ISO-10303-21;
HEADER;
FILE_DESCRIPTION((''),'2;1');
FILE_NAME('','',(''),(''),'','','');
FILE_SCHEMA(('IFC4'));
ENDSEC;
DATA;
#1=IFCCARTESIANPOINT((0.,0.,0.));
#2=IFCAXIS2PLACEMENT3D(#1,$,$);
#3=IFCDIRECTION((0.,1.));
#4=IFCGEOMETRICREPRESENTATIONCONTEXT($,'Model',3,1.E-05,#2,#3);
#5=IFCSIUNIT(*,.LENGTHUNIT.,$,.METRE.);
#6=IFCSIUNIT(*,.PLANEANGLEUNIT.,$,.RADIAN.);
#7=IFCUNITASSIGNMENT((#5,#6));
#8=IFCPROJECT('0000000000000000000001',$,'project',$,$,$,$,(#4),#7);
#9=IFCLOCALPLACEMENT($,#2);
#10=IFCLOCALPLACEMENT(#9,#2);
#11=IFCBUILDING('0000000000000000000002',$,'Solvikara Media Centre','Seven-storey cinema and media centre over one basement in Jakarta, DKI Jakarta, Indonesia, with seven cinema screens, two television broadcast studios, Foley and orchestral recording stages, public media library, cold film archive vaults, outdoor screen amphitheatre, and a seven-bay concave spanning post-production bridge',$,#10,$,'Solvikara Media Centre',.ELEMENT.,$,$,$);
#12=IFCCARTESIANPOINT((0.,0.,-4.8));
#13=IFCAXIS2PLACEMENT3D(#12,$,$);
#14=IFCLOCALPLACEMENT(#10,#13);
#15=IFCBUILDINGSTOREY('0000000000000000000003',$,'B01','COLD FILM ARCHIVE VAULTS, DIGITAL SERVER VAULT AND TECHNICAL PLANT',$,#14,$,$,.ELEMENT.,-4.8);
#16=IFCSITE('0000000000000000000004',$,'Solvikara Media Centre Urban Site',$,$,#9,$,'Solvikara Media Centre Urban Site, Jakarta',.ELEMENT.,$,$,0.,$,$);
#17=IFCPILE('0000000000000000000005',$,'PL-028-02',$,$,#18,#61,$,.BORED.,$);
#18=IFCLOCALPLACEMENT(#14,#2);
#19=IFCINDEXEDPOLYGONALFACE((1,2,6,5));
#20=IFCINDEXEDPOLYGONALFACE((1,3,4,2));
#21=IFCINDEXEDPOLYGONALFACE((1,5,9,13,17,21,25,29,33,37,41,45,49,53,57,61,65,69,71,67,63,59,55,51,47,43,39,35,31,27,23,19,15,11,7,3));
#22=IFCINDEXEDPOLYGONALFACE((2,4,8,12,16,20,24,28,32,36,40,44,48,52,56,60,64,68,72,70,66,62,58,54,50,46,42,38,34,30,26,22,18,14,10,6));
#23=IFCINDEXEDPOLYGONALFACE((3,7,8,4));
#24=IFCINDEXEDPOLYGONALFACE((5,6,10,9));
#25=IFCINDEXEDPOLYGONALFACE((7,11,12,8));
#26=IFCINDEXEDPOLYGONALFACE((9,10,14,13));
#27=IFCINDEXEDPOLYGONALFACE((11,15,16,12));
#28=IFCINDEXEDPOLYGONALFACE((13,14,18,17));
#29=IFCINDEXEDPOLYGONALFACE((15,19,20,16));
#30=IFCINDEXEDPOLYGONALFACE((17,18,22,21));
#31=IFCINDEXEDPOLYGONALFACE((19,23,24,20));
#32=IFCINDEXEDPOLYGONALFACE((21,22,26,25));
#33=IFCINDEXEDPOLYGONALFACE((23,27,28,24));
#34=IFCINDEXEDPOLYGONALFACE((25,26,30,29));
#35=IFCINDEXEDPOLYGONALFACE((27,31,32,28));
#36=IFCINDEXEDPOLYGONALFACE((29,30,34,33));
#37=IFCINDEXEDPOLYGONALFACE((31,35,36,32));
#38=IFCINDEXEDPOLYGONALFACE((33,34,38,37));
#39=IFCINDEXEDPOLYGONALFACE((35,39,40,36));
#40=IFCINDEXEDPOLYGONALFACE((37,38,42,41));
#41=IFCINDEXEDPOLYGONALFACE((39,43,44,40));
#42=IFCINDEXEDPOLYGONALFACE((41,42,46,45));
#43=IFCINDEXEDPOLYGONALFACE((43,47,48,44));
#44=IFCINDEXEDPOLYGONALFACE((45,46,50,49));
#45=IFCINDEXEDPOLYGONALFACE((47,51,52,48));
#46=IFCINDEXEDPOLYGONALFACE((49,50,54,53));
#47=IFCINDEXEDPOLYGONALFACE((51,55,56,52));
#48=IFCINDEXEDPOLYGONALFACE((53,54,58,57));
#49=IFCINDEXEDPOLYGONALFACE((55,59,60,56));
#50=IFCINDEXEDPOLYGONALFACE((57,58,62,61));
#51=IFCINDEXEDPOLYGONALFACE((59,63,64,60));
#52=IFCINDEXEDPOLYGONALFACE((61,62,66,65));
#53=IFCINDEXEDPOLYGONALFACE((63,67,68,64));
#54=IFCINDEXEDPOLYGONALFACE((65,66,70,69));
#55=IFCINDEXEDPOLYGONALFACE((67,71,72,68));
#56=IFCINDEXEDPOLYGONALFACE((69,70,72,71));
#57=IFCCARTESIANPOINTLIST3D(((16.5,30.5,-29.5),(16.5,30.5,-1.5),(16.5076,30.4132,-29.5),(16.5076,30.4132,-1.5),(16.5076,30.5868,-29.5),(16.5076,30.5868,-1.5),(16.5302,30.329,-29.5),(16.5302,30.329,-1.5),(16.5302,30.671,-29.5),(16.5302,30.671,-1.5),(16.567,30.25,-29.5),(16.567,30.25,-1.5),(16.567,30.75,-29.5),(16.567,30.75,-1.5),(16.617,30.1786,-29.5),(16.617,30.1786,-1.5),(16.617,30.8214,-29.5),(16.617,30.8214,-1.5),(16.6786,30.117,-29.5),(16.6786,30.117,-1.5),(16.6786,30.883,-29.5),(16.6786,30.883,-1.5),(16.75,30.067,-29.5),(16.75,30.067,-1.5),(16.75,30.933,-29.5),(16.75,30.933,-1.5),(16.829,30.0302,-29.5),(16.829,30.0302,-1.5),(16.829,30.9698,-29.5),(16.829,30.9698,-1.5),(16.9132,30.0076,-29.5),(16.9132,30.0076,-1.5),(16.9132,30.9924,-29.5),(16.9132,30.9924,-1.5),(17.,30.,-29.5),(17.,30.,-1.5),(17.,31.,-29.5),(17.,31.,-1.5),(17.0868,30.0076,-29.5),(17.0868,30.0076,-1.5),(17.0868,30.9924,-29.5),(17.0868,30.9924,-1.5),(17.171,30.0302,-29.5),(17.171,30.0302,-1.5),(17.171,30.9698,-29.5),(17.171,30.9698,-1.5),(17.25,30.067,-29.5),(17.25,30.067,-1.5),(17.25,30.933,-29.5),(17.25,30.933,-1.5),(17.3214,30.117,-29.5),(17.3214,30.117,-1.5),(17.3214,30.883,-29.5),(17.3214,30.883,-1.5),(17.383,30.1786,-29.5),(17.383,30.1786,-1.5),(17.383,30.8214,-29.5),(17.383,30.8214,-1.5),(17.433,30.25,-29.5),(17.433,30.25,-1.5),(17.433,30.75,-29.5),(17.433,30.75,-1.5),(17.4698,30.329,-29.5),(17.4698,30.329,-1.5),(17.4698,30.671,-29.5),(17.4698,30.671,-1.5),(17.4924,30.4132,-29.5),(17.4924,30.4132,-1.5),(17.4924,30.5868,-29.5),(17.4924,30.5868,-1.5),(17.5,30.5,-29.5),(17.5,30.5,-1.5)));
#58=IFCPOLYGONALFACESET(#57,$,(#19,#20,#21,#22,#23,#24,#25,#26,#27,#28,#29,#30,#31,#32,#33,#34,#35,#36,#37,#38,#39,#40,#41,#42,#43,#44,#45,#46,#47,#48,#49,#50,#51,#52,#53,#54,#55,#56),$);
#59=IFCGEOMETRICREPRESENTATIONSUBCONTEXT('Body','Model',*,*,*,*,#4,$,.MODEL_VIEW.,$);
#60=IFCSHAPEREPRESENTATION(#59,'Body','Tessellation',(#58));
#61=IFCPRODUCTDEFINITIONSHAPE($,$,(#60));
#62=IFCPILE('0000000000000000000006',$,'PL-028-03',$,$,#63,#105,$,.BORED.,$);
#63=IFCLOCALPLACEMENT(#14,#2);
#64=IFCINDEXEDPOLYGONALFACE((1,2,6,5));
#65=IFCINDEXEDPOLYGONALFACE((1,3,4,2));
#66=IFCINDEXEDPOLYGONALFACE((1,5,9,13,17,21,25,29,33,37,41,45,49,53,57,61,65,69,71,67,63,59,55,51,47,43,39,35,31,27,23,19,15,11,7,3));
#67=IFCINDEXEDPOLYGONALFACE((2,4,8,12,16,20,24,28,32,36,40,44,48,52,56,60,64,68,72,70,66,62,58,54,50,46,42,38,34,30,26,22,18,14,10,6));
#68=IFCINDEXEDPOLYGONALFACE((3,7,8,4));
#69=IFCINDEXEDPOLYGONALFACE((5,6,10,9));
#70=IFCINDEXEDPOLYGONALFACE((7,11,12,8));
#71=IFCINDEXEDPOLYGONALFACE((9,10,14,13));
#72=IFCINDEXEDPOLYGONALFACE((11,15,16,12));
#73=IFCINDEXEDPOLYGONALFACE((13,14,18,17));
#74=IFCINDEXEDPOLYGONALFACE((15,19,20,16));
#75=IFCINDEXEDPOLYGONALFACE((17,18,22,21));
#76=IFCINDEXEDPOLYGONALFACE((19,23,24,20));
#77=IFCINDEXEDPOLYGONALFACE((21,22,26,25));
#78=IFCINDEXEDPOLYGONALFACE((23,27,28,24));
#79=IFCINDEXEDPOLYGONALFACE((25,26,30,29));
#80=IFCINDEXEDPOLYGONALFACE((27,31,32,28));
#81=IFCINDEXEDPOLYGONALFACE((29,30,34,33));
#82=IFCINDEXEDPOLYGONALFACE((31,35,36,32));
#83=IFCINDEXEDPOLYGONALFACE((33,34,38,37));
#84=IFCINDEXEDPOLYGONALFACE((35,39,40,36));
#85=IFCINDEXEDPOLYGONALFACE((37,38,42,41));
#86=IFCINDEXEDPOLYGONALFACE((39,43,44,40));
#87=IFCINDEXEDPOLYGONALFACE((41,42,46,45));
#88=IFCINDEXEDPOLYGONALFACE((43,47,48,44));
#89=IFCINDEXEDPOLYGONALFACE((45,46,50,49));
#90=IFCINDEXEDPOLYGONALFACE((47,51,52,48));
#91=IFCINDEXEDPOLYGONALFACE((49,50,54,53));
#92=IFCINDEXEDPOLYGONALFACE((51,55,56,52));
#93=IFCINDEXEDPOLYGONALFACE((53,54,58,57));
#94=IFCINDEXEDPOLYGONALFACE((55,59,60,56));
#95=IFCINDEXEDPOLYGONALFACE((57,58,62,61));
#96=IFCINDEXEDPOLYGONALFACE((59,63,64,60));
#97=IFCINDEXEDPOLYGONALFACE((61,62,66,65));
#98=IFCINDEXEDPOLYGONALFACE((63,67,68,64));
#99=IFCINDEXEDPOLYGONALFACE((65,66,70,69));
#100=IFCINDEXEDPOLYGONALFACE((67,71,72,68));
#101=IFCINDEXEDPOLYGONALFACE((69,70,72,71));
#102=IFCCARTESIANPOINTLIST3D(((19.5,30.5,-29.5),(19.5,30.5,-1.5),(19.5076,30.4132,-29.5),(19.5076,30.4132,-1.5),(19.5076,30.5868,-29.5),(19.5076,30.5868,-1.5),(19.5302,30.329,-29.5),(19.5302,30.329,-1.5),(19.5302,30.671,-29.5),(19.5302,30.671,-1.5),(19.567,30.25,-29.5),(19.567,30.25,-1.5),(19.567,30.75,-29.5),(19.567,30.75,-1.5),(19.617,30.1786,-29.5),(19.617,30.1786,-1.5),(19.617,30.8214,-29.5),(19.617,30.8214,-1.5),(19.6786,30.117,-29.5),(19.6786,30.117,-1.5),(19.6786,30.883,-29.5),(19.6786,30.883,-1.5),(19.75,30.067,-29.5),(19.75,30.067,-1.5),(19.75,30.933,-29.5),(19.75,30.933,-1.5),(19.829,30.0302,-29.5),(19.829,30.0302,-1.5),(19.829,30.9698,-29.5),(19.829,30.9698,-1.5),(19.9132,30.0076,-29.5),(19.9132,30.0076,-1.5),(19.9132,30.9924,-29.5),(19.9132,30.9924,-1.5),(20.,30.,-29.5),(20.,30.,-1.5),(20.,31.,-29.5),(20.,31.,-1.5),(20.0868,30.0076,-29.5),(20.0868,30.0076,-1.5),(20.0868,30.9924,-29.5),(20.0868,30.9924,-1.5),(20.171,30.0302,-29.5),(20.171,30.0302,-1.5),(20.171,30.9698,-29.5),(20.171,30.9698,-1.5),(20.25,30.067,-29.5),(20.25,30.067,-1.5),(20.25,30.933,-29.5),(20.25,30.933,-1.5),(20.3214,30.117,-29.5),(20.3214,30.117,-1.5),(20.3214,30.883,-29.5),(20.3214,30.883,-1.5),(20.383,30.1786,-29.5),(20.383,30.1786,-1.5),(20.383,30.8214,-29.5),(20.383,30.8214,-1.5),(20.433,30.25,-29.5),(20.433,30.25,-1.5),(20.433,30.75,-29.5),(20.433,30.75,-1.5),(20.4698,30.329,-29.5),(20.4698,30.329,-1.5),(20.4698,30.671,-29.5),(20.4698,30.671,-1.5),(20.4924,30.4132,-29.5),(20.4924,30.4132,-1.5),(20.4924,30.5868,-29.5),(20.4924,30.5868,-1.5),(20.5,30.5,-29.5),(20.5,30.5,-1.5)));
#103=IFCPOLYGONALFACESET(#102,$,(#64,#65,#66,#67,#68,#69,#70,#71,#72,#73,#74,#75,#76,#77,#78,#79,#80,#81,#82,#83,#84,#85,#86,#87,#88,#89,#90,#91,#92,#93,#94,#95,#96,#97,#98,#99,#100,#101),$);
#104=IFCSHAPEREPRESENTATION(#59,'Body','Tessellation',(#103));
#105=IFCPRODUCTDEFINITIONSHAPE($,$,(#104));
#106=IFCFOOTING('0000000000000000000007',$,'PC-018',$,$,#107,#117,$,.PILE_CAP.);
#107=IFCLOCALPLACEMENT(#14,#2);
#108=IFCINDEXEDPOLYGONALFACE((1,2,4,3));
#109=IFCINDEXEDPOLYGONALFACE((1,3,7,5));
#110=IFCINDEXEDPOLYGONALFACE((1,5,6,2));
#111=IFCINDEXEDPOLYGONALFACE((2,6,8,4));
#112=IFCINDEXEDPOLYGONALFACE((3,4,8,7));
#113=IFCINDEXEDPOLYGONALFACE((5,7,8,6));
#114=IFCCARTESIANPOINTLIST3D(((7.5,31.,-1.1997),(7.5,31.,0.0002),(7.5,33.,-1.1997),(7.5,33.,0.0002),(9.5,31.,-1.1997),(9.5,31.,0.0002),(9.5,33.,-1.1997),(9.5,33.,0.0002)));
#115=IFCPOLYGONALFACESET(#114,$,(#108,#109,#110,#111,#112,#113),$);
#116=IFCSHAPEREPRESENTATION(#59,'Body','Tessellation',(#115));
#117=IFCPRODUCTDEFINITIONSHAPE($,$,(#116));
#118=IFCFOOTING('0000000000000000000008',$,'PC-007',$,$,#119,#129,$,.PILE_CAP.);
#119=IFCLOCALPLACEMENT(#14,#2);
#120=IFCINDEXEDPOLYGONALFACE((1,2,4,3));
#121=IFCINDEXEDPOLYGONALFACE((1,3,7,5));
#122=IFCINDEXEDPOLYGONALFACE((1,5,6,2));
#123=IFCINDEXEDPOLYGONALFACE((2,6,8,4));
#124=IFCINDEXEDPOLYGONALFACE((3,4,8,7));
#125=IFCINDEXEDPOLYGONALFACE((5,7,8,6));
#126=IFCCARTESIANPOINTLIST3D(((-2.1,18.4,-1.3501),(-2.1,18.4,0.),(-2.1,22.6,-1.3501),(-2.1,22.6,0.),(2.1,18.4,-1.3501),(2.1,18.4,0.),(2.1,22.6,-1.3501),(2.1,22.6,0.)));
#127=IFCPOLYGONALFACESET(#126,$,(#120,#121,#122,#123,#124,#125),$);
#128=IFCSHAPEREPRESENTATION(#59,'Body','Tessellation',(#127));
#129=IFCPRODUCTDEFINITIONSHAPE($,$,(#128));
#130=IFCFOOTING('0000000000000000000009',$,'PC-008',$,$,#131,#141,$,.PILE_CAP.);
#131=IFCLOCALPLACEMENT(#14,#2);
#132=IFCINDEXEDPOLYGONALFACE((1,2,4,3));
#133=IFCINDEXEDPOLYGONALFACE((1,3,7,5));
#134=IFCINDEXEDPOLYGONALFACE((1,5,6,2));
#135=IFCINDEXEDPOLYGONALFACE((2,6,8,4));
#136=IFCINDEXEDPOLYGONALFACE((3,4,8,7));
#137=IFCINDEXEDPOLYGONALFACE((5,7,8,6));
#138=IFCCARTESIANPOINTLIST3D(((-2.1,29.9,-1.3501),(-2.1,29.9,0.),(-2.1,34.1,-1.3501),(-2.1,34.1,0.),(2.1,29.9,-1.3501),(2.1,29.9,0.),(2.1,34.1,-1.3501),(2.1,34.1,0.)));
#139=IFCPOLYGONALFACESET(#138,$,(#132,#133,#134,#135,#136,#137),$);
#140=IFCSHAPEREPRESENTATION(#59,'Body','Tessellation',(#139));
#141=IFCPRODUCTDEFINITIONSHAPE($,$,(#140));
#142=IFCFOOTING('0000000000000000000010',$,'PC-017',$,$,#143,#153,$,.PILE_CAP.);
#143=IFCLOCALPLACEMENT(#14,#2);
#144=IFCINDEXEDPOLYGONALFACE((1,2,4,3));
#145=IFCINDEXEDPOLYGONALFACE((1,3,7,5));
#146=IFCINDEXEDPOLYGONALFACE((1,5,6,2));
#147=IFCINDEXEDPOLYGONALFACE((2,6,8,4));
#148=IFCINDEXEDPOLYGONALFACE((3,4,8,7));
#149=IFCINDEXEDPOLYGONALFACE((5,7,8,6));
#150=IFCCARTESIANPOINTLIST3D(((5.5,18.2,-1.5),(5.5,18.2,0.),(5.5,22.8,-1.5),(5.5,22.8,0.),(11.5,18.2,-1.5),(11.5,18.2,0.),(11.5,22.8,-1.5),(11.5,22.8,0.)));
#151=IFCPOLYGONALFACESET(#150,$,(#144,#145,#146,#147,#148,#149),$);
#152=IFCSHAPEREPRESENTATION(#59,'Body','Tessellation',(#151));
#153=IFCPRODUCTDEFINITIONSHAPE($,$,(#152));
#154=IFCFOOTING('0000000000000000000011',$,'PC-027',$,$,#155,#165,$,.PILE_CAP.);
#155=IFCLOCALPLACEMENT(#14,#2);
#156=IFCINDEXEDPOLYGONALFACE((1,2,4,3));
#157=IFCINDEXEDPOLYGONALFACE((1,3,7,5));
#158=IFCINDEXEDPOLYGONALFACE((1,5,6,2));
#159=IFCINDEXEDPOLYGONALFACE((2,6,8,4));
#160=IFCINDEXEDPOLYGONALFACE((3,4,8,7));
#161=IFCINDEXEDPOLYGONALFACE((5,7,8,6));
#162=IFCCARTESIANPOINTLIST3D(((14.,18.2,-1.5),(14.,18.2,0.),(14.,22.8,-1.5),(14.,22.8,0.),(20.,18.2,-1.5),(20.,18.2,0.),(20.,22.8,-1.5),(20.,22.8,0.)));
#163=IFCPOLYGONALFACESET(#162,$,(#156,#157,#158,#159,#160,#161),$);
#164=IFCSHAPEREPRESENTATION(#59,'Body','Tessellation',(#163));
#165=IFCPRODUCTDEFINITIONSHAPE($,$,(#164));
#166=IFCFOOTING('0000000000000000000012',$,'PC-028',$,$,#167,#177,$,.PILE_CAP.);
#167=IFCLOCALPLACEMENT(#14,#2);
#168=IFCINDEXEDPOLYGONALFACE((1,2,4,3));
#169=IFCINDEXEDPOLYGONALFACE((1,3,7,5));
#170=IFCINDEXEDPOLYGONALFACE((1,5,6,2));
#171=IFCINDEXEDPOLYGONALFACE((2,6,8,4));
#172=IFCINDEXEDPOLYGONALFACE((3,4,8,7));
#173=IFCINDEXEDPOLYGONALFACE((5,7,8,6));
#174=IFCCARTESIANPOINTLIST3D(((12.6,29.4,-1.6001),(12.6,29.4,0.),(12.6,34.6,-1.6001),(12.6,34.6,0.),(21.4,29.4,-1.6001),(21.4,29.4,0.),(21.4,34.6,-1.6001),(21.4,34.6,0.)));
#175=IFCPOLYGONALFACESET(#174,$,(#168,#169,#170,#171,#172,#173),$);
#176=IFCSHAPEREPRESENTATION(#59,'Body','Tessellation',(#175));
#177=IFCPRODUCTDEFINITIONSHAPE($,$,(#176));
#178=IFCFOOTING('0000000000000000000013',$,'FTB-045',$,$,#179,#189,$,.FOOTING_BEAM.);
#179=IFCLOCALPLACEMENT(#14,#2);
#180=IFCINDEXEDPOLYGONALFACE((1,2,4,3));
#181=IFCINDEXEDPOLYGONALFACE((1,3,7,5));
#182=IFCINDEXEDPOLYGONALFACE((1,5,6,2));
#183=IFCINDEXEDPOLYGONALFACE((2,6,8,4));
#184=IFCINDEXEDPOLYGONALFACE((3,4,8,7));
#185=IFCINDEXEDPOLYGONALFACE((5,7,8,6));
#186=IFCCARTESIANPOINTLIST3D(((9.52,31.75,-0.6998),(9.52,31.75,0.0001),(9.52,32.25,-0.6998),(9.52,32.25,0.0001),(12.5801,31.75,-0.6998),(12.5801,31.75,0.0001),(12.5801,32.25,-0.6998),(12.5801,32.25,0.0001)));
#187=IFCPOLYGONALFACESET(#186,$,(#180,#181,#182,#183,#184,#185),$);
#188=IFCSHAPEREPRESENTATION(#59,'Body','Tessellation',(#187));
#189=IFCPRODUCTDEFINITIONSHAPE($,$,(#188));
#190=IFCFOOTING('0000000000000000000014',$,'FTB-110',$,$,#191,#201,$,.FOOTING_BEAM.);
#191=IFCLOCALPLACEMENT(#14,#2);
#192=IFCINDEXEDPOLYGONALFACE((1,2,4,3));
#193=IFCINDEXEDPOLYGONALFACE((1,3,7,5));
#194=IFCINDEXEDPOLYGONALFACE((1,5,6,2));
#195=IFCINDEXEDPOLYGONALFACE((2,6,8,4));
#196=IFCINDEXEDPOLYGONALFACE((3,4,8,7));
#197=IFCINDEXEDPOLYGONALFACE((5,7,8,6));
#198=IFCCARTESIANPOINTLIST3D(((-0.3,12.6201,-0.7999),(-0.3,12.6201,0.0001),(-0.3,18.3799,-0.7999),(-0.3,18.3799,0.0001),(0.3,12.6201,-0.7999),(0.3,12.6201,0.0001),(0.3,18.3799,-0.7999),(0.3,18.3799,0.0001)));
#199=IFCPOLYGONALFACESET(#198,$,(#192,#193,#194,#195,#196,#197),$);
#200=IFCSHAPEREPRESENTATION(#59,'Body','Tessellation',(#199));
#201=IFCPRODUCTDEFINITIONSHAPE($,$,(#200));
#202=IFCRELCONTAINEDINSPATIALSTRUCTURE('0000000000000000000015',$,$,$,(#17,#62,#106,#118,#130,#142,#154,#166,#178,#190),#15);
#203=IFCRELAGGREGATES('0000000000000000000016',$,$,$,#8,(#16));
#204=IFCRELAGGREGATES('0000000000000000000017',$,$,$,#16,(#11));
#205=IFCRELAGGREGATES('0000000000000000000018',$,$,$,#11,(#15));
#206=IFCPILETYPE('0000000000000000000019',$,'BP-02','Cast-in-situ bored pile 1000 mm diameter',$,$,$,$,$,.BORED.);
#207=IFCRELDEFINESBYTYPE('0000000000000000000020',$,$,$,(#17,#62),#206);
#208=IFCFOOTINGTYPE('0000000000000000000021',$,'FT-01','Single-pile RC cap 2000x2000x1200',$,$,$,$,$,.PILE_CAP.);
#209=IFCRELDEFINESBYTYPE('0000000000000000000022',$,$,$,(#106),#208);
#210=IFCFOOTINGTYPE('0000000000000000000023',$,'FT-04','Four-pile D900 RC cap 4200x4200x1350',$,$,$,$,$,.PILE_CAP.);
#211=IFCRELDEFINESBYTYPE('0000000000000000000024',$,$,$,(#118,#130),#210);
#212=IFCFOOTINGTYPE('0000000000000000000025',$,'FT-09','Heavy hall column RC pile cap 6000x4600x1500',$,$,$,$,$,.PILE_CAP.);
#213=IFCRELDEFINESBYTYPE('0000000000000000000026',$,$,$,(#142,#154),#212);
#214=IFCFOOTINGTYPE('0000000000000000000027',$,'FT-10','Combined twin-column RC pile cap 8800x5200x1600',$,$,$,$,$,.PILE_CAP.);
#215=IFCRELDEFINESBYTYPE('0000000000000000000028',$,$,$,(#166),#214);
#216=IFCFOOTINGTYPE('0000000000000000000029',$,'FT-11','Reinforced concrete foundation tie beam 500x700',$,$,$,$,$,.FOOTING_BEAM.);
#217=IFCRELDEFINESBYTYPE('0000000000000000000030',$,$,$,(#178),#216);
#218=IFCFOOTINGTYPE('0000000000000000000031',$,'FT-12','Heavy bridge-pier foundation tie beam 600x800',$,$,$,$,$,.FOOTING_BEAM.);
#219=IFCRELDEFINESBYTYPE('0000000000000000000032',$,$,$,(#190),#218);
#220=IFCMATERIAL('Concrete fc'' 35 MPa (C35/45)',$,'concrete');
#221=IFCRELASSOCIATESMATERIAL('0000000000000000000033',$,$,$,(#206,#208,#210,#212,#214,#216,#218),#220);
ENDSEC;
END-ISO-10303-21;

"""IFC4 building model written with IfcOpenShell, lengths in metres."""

from ifc_helpers import new_model, si_unit, direction, frame, origin, origin_2d, place, context, subcontext, project, spatial, rectangle, circle, extrude, material, material_profile, profile_set, type_object, element, save


model = new_model("IFC4")

# Units and contexts
model_context = context("Model", 3, precision=1e-05, world=origin(), true_north=direction((0.0, 1.0)))
body_context = subcontext(model_context, "Body", "Model", "MODEL_VIEW")
ifc_project = project(units=[si_unit("LENGTHUNIT", "METRE"), si_unit("PLANEANGLEUNIT", "RADIAN")], contexts=[model_context])

# Site, building, storey
site_placement = place(None, origin())
site = spatial("IfcSite", under=ifc_project, at=site_placement, Name="Solvikara Media Centre Urban Site", LongName="Solvikara Media Centre Urban Site, Jakarta", CompositionType="ELEMENT", RefElevation=0.0)
building_placement = place(site_placement, origin())
building = spatial("IfcBuilding", under=site, at=building_placement, Name="Solvikara Media Centre", Description="Seven-storey cinema and media centre over one basement in Jakarta, DKI Jakarta, Indonesia, with seven cinema screens, two television broadcast studios, Foley and orchestral recording stages, public media library, cold film archive vaults, outdoor screen amphitheatre, and a seven-bay concave spanning post-production bridge", LongName="Solvikara Media Centre", CompositionType="ELEMENT")
storey_placement = place(building_placement, frame((0.0, 0.0, -4.8)))
storey = spatial("IfcBuildingStorey", under=building, at=storey_placement, Name="B01", Description="COLD FILM ARCHIVE VAULTS, DIGITAL SERVER VAULT AND TECHNICAL PLANT", CompositionType="ELEMENT", Elevation=-4.8)

# Piles
ifc_material_1 = material(Name="Concrete fc' 35 MPa (C35/45)", Category="concrete")
ifc_material_profile_1 = material_profile(ifc_material_1, circle(Radius=0.5, at=origin_2d()), Name="BORED PILE D1000")
ifc_profile_set_1 = profile_set([ifc_material_profile_1], Name="Concrete fc' 35 MPa (C35/45)")
pile_type_1 = type_object("IfcPileType", Name="BP-02", Description="Cast-in-situ bored pile 1000 mm diameter", PredefinedType="BORED", material=ifc_profile_set_1)
for number, where, z_axis, x_axis, name in (
    (1, (17.0, 30.5, -1.5), (0.0, 0.0, -1.0), (1.0, 0.0, 0.0), "PL-028-02"),
    (2, (20.0, 30.5, -1.5), (0.0, 0.0, -1.0), (1.0, 0.0, 0.0), "PL-028-03"),
):
    element("IfcPile", number, at=place(storey_placement, frame(where, z_axis=z_axis, x_axis=x_axis)), inside=storey, type_object=pile_type_1, Name=name, PredefinedType="BORED", context=body_context, shape_type="SweptSolid", body=[
        extrude(circle(Radius=0.5, at=origin_2d()), origin(), (0.0, 0.0, 1.0), 28.0),
    ])

# Footings
footing_type_1 = type_object("IfcFootingType", Name="FT-01", Description="Single-pile RC cap 2000x2000x1200", PredefinedType="PILE_CAP", material=ifc_material_1)
footing_1_placement = place(storey_placement, frame((8.5, 32.0, -1.1997), z_axis=(0.0, 0.0, 1.0), x_axis=(1.0, 0.0, 0.0)))
element("IfcFooting", 3, at=footing_1_placement, inside=storey, type_object=footing_type_1, Name="PC-018", PredefinedType="PILE_CAP", context=body_context, shape_type="SweptSolid", body=[
    extrude(rectangle(XDim=2.0, YDim=2.0, at=origin_2d()), origin(), (0.0, 0.0, 1.0), 1.2),
])
footing_type_2 = type_object("IfcFootingType", Name="FT-04", Description="Four-pile D900 RC cap 4200x4200x1350", PredefinedType="PILE_CAP", material=ifc_material_1)
for number, where, z_axis, x_axis, name in (
    (4, (0.0, 20.5, -1.3501), (0.0, 0.0, 1.0), (1.0, 0.0, 0.0), "PC-007"),
    (5, (0.0, 32.0, -1.3501), (0.0, 0.0, 1.0), (1.0, 0.0, 0.0), "PC-008"),
):
    element("IfcFooting", number, at=place(storey_placement, frame(where, z_axis=z_axis, x_axis=x_axis)), inside=storey, type_object=footing_type_2, Name=name, PredefinedType="PILE_CAP", context=body_context, shape_type="SweptSolid", body=[
        extrude(rectangle(XDim=4.2, YDim=4.2, at=origin_2d()), origin(), (0.0, 0.0, 1.0), 1.3501),
    ])
footing_type_3 = type_object("IfcFootingType", Name="FT-09", Description="Heavy hall column RC pile cap 6000x4600x1500", PredefinedType="PILE_CAP", material=ifc_material_1)
for number, where, z_axis, x_axis, name in (
    (6, (8.5, 20.5, -1.5), (0.0, 0.0, 1.0), (1.0, 0.0, 0.0), "PC-017"),
    (7, (17.0, 20.5, -1.5), (0.0, 0.0, 1.0), (1.0, 0.0, 0.0), "PC-027"),
):
    element("IfcFooting", number, at=place(storey_placement, frame(where, z_axis=z_axis, x_axis=x_axis)), inside=storey, type_object=footing_type_3, Name=name, PredefinedType="PILE_CAP", context=body_context, shape_type="SweptSolid", body=[
        extrude(rectangle(XDim=6.0, YDim=4.6001, at=origin_2d()), origin(), (0.0, 0.0, 1.0), 1.5),
    ])
footing_type_4 = type_object("IfcFootingType", Name="FT-10", Description="Combined twin-column RC pile cap 8800x5200x1600", PredefinedType="PILE_CAP", material=ifc_material_1)
footing_2_placement = place(storey_placement, frame((17.0, 32.0, -1.6001), z_axis=(0.0, 0.0, 1.0), x_axis=(1.0, 0.0, 0.0)))
element("IfcFooting", 8, at=footing_2_placement, inside=storey, type_object=footing_type_4, Name="PC-028", PredefinedType="PILE_CAP", context=body_context, shape_type="SweptSolid", body=[
    extrude(rectangle(XDim=8.8, YDim=5.2, at=origin_2d()), origin(), (0.0, 0.0, 1.0), 1.6001),
])
ifc_material_profile_2 = material_profile(ifc_material_1, rectangle(XDim=0.5, YDim=0.7, at=origin_2d()), Name="RC 500x700")
ifc_profile_set_2 = profile_set([ifc_material_profile_2], Name="Concrete fc' 35 MPa (C35/45)")
footing_type_5 = type_object("IfcFootingType", Name="FT-11", Description="Reinforced concrete foundation tie beam 500x700", PredefinedType="FOOTING_BEAM", material=ifc_profile_set_2)
footing_3_placement = place(storey_placement, frame((9.52, 32.0, -0.3499), z_axis=(1.0, 0.0, 0.0), x_axis=(0.0, 1.0, 0.0)))
element("IfcFooting", 9, at=footing_3_placement, inside=storey, type_object=footing_type_5, Name="FTB-045", PredefinedType="FOOTING_BEAM", context=body_context, shape_type="SweptSolid", body=[
    extrude(rectangle(XDim=0.5, YDim=0.7, at=origin_2d()), origin(), (0.0, 0.0, 1.0), 3.0601),
])
ifc_material_profile_3 = material_profile(ifc_material_1, rectangle(XDim=0.6001, YDim=0.8, at=origin_2d()), Name="RC 600x800")
ifc_profile_set_3 = profile_set([ifc_material_profile_3], Name="Concrete fc' 35 MPa (C35/45)")
footing_type_6 = type_object("IfcFootingType", Name="FT-12", Description="Heavy bridge-pier foundation tie beam 600x800", PredefinedType="FOOTING_BEAM", material=ifc_profile_set_3)
footing_4_placement = place(storey_placement, frame((0.0, 12.6201, -0.3999), z_axis=(0.0, 1.0, 0.0), x_axis=(-1.0, 0.0, 0.0)))
element("IfcFooting", 10, at=footing_4_placement, inside=storey, type_object=footing_type_6, Name="FTB-110", PredefinedType="FOOTING_BEAM", context=body_context, shape_type="SweptSolid", body=[
    extrude(rectangle(XDim=0.6001, YDim=0.8, at=origin_2d()), origin(), (0.0, 0.0, 1.0), 5.7598),
])

save(model, "model.ifc")
